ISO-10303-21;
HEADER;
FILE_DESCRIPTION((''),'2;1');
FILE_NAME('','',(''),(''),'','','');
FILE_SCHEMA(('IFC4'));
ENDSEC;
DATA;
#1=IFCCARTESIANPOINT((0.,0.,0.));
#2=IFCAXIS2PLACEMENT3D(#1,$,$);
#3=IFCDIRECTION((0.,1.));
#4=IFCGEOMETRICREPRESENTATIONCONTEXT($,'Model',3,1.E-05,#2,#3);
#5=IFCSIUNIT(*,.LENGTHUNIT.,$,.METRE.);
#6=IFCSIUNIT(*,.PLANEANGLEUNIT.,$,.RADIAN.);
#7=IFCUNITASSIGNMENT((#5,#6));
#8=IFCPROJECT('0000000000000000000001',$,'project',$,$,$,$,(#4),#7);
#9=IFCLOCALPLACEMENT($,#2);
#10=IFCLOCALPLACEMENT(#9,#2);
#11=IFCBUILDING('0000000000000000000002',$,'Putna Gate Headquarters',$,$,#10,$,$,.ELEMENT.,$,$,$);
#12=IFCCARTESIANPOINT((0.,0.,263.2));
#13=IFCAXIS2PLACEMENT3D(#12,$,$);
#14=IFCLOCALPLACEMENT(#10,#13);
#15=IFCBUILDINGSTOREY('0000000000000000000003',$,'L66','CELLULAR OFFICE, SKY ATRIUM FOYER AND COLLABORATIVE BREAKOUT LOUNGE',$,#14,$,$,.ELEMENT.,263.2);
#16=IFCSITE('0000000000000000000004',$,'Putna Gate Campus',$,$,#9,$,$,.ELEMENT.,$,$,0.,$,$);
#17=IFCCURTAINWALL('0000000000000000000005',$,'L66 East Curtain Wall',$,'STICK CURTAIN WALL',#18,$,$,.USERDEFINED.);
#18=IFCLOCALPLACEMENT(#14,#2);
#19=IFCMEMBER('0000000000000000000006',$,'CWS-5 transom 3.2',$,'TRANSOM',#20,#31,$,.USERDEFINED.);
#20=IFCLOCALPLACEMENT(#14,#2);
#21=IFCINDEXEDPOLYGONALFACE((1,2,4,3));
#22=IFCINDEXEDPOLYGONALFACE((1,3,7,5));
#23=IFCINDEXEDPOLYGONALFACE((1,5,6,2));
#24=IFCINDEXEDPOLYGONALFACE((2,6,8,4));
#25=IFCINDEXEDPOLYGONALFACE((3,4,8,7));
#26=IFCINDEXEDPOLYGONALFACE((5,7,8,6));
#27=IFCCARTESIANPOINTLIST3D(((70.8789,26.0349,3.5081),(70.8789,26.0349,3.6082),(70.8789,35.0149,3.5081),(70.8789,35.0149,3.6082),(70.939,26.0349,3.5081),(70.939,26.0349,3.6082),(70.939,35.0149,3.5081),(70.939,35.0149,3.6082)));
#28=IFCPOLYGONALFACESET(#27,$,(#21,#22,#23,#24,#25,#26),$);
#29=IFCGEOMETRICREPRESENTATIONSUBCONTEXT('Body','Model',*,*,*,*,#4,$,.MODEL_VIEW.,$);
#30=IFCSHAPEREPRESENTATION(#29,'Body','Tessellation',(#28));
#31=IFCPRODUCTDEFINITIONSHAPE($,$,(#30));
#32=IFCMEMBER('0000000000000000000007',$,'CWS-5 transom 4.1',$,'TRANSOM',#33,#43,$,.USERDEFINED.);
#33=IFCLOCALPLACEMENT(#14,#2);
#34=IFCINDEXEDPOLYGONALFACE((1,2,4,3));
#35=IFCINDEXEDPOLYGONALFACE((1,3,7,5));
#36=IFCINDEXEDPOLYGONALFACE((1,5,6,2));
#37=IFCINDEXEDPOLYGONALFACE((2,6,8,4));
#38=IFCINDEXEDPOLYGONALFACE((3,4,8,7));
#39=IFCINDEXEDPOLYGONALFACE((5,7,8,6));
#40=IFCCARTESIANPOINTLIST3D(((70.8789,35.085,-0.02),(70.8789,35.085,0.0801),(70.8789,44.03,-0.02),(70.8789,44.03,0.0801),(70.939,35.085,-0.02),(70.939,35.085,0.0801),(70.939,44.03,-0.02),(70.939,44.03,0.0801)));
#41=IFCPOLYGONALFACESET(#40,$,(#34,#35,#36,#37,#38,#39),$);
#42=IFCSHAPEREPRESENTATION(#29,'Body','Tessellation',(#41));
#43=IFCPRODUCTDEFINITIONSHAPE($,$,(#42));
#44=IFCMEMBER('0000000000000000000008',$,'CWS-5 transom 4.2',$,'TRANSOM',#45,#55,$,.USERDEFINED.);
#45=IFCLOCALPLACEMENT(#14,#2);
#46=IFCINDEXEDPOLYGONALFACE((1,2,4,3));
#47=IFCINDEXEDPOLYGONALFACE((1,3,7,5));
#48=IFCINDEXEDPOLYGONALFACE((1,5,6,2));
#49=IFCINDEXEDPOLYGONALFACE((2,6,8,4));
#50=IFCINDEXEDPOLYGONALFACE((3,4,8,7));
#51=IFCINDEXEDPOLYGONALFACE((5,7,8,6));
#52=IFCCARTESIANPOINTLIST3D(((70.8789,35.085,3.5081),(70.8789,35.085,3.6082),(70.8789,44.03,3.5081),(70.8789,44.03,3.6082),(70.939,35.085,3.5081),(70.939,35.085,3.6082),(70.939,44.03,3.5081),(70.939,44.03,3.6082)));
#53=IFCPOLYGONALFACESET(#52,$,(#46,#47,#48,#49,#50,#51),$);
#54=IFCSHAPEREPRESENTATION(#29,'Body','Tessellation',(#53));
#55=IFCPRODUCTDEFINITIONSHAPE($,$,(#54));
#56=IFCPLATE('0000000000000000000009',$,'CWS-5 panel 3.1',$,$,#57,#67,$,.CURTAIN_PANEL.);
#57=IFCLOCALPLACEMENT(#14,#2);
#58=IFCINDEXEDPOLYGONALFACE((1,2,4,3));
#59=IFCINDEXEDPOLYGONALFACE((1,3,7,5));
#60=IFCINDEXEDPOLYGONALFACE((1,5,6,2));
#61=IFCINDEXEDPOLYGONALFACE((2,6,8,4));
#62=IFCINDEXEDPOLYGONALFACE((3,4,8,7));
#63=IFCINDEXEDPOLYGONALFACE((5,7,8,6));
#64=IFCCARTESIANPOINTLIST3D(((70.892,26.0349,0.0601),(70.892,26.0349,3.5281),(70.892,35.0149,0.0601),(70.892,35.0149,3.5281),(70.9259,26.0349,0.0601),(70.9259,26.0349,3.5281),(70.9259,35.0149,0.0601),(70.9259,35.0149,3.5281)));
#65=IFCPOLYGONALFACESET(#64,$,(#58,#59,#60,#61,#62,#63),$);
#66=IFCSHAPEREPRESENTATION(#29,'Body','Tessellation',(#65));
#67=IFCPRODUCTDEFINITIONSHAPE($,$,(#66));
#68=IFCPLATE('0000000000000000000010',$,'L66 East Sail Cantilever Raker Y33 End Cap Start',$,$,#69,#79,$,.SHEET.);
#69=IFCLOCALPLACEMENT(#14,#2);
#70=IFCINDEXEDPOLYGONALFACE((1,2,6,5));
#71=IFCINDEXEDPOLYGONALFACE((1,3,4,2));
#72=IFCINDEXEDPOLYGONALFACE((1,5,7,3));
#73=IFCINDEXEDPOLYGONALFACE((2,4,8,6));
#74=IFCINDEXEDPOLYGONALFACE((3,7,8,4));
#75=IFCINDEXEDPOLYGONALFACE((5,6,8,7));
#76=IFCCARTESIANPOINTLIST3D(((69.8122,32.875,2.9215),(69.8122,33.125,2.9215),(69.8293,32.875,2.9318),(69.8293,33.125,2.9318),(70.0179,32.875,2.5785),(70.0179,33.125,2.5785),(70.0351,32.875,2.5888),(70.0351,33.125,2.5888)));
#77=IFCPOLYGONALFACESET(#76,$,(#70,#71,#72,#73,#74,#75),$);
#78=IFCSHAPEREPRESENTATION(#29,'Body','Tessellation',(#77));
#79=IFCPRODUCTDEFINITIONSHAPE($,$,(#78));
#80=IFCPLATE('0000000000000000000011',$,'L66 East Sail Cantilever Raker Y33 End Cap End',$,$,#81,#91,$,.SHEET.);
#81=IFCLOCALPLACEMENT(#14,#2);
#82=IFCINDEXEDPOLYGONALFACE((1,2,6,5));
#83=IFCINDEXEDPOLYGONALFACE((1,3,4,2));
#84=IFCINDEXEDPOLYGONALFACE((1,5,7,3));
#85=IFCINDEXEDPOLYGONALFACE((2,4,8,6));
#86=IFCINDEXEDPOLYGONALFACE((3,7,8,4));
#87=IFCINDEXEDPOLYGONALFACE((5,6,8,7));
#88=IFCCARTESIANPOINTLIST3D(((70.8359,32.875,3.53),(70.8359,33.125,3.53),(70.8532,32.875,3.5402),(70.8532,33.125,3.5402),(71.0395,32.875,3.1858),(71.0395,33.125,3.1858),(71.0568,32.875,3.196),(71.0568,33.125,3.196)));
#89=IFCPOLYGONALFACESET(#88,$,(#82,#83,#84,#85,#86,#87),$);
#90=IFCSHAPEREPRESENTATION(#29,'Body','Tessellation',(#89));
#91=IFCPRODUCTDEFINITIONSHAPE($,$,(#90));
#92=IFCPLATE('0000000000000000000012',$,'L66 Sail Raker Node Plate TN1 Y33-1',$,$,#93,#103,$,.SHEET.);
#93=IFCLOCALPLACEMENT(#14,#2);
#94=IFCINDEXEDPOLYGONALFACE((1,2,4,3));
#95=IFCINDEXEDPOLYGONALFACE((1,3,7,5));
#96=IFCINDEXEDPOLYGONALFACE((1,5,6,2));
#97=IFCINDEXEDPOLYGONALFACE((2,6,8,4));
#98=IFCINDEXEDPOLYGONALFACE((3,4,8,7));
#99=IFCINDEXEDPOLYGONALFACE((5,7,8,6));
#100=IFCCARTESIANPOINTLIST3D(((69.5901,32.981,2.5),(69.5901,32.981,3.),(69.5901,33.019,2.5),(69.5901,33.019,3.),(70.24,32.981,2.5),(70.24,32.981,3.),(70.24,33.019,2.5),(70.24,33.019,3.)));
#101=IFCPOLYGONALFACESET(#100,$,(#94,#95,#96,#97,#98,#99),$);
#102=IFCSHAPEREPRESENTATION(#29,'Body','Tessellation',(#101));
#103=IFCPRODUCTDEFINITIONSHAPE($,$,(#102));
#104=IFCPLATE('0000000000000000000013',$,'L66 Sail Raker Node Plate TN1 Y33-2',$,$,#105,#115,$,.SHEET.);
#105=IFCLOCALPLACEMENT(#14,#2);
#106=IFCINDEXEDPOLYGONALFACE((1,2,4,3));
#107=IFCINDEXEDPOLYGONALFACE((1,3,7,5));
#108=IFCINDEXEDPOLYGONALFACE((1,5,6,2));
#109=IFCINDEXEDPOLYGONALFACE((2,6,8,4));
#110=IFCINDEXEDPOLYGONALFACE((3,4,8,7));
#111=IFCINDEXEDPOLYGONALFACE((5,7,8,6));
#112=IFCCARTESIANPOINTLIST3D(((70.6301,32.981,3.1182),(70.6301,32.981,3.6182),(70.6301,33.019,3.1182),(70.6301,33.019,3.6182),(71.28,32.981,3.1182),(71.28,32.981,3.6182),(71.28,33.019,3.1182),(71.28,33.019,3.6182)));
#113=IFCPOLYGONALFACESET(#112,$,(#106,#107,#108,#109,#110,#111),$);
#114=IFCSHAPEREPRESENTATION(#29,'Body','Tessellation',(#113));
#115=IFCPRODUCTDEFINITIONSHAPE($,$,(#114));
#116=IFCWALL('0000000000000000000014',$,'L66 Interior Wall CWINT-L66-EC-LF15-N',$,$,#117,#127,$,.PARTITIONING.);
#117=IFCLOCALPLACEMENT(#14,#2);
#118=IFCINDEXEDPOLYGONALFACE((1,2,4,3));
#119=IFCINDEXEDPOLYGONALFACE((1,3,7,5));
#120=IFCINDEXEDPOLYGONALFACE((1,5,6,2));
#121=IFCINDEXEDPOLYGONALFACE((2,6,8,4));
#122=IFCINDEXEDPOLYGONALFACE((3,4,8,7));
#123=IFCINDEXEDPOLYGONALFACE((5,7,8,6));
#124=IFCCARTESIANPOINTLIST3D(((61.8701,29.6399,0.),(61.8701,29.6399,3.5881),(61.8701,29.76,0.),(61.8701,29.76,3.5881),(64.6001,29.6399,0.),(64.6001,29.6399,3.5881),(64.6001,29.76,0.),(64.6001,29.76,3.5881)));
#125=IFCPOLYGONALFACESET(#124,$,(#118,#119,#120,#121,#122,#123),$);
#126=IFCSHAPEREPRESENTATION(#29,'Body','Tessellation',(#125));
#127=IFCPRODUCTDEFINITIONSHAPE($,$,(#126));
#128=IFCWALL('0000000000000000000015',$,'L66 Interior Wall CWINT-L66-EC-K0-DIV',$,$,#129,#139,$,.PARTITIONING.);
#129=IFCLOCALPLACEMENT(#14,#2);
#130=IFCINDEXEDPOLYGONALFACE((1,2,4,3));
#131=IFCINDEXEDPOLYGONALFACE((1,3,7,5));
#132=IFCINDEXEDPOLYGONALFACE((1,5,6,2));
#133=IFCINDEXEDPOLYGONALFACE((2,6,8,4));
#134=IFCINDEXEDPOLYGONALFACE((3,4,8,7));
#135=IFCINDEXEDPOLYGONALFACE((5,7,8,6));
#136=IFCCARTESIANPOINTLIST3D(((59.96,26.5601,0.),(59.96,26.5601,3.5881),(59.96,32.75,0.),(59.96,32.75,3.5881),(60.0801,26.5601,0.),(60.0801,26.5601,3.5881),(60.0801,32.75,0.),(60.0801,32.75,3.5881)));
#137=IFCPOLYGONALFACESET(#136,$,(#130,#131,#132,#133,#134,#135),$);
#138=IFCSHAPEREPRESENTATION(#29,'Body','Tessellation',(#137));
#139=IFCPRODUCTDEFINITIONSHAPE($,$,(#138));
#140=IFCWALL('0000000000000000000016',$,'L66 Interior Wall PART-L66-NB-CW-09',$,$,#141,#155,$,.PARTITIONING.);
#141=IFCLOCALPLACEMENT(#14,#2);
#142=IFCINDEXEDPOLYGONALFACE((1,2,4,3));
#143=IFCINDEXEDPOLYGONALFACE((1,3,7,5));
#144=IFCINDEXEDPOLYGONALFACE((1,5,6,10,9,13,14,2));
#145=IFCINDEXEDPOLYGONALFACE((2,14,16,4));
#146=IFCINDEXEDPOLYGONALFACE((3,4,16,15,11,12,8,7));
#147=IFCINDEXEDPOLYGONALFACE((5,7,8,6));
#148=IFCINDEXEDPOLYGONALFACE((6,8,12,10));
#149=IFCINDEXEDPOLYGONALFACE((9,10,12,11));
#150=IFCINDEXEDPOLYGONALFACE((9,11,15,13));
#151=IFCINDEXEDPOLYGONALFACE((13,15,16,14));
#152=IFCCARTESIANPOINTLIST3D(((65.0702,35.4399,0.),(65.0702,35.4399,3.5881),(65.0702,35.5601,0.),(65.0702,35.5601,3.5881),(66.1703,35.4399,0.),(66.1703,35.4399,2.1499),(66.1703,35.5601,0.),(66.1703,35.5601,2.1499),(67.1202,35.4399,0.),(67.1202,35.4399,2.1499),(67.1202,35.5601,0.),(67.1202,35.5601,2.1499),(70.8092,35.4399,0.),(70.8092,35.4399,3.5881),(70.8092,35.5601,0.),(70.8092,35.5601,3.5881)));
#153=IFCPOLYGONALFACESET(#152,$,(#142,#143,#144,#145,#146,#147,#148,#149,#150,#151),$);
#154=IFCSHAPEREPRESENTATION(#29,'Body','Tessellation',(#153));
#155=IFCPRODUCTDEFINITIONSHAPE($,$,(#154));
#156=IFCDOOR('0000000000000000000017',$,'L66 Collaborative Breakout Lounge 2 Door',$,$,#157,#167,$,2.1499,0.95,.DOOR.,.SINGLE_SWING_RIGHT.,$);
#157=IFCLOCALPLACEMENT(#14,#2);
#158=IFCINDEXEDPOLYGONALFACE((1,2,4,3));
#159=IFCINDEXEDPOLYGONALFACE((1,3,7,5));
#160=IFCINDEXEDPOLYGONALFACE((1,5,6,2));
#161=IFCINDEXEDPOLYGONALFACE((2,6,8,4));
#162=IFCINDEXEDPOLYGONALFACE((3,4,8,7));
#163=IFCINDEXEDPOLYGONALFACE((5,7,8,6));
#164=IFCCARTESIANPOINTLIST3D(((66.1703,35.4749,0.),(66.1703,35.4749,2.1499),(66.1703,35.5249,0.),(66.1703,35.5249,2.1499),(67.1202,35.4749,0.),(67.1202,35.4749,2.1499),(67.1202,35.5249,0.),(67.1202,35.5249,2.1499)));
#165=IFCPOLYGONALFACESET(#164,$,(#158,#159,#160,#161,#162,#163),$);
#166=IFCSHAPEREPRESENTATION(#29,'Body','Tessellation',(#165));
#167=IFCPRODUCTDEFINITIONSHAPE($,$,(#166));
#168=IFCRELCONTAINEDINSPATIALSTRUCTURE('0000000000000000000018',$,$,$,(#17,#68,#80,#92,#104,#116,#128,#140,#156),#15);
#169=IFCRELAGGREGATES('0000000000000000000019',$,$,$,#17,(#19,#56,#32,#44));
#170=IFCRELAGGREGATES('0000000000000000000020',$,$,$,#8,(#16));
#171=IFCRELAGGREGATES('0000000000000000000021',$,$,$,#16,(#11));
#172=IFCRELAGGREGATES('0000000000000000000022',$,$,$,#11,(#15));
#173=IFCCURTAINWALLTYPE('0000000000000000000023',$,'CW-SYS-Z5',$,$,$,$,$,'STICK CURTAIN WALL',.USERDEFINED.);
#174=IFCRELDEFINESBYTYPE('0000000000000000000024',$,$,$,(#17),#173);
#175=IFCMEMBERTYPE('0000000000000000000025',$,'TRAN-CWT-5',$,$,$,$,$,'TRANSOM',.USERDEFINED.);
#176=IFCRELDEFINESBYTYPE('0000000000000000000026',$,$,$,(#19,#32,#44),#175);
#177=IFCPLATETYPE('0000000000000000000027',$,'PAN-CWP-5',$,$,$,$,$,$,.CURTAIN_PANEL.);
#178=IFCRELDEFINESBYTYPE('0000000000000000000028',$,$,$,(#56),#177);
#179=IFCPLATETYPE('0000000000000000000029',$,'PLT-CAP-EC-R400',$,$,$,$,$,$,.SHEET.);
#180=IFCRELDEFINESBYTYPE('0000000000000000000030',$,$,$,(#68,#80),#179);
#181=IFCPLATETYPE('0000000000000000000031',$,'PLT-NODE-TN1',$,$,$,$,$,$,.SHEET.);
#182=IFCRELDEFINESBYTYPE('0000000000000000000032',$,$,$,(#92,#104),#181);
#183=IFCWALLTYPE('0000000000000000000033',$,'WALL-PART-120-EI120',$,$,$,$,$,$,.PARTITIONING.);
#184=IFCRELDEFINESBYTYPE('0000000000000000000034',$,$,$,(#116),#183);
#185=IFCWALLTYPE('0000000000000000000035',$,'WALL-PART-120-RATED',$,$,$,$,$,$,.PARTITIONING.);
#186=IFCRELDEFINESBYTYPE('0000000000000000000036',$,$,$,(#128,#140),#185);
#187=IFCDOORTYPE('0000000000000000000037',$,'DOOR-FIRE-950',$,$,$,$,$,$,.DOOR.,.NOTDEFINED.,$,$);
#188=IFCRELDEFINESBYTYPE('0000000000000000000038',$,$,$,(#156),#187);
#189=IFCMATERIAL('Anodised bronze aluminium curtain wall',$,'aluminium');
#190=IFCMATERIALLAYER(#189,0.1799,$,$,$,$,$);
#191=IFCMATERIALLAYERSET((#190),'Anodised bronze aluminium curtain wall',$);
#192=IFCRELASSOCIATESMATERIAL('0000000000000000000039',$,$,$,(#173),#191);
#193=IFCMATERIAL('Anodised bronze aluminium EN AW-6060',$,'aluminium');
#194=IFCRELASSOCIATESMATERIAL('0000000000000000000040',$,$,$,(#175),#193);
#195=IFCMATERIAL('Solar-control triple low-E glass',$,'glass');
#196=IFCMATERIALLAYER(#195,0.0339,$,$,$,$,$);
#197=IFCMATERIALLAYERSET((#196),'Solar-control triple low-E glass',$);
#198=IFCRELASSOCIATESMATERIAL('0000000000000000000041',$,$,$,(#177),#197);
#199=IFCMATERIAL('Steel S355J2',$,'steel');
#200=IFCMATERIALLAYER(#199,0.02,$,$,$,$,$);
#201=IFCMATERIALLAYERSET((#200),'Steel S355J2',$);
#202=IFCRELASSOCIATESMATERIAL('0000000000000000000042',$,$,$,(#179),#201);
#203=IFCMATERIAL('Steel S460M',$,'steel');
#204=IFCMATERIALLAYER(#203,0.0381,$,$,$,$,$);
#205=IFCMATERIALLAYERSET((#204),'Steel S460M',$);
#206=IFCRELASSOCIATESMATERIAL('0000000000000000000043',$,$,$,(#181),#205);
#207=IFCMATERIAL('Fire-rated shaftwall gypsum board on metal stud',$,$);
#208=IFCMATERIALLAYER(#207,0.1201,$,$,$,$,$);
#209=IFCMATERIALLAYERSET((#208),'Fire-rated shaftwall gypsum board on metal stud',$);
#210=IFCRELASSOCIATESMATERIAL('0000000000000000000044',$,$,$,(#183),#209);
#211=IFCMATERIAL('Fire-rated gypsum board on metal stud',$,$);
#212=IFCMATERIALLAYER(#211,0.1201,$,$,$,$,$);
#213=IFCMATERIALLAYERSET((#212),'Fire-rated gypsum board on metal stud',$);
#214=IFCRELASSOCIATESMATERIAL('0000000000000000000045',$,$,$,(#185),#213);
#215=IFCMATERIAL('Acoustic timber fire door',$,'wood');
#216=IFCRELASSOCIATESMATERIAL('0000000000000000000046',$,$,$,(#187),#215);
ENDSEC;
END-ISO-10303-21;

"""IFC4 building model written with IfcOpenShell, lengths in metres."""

from ifc_helpers import new_model, si_unit, direction, frame, frame_2d, origin, origin_2d, place, context, subcontext, project, spatial, rectangle, extrude, material, layer, layer_set, material_profile, profile_set, type_object, element, fill, aggregate, save


model = new_model("IFC4")

# Units and contexts
model_context = context("Model", 3, precision=1e-05, world=origin(), true_north=direction((0.0, 1.0)))
body_context = subcontext(model_context, "Body", "Model", "MODEL_VIEW")
ifc_project = project(units=[si_unit("LENGTHUNIT", "METRE"), si_unit("PLANEANGLEUNIT", "RADIAN")], contexts=[model_context])

# Site, building, storey
site_placement = place(None, origin())
site = spatial("IfcSite", under=ifc_project, at=site_placement, Name="Putna Gate Campus", CompositionType="ELEMENT", RefElevation=0.0)
building_placement = place(site_placement, origin())
building = spatial("IfcBuilding", under=site, at=building_placement, Name="Putna Gate Headquarters", CompositionType="ELEMENT")
storey_placement = place(building_placement, frame((0.0, 0.0, 263.2)))
storey = spatial("IfcBuildingStorey", under=building, at=storey_placement, Name="L66", Description="CELLULAR OFFICE, SKY ATRIUM FOYER AND COLLABORATIVE BREAKOUT LOUNGE", CompositionType="ELEMENT", Elevation=263.2)

# Shared definitions
ifc_material_1 = material(Name="Steel S460M", Category="steel")

# Shared definitions
ifc_material_2 = material(Name="Steel S355J2", Category="steel")

# Curtain wall, members, plate
ifc_material_3 = material(Name="Anodised bronze aluminium curtain wall", Category="aluminium")
ifc_layer_1 = layer(ifc_material_3, 0.1799)
ifc_layer_set_1 = layer_set([ifc_layer_1], Name="Anodised bronze aluminium curtain wall")
curtain_wall_type = type_object("IfcCurtainWallType", Name="CW-SYS-Z5", ElementType="STICK CURTAIN WALL", PredefinedType="USERDEFINED", material=ifc_layer_set_1)
curtain_wall_placement = place(storey_placement, origin())
curtain_wall = element("IfcCurtainWall", 1, at=curtain_wall_placement, inside=storey, type_object=curtain_wall_type, Name="L66 East Curtain Wall", ObjectType="STICK CURTAIN WALL", PredefinedType="USERDEFINED")
ifc_material_4 = material(Name="Anodised bronze aluminium EN AW-6060", Category="aluminium")
ifc_material_profile_1 = material_profile(ifc_material_4, rectangle(XDim=0.0601, YDim=0.1001, at=origin_2d()), Name="Anodised bronze aluminium EN AW-6060")
ifc_profile_set_1 = profile_set([ifc_material_profile_1], Name="Anodised bronze aluminium EN AW-6060")
member_type_1 = type_object("IfcMemberType", Name="TRAN-CWT-5", ElementType="TRANSOM", PredefinedType="USERDEFINED", material=ifc_profile_set_1)
member_1_placement = place(storey_placement, frame((70.9089, 26.0349, 3.5581), z_axis=(0.0, 1.0, 0.0), x_axis=(-1.0, 0.0, 0.0)))
member_1 = element("IfcMember", 2, at=member_1_placement, type_object=member_type_1, Name="CWS-5 transom 3.2", ObjectType="TRANSOM", PredefinedType="USERDEFINED", context=body_context, shape_type="SweptSolid", body=[
    extrude(rectangle(XDim=0.0601, YDim=0.1001, at=origin_2d()), origin(), (0.0, 0.0, 1.0), 8.98),
])
member_2_placement = place(storey_placement, frame((70.9089, 35.085, 0.03), z_axis=(0.0, 1.0, 0.0), x_axis=(-1.0, 0.0, 0.0)))
member_2 = element("IfcMember", 3, at=member_2_placement, type_object=member_type_1, Name="CWS-5 transom 4.1", ObjectType="TRANSOM", PredefinedType="USERDEFINED", context=body_context, shape_type="SweptSolid", body=[
    extrude(rectangle(XDim=0.0601, YDim=0.1001, at=origin_2d()), origin(), (0.0, 0.0, 1.0), 8.9451),
])
member_3_placement = place(storey_placement, frame((70.9089, 35.085, 3.5581), z_axis=(0.0, 1.0, 0.0), x_axis=(-1.0, 0.0, 0.0)))
member_3 = element("IfcMember", 4, at=member_3_placement, type_object=member_type_1, Name="CWS-5 transom 4.2", ObjectType="TRANSOM", PredefinedType="USERDEFINED", context=body_context, shape_type="SweptSolid", body=[
    extrude(rectangle(XDim=0.0601, YDim=0.1001, at=origin_2d()), origin(), (0.0, 0.0, 1.0), 8.9451),
])
ifc_material_5 = material(Name="Solar-control triple low-E glass", Category="glass")
ifc_layer_2 = layer(ifc_material_5, 0.0339)
ifc_layer_set_2 = layer_set([ifc_layer_2], Name="Solar-control triple low-E glass")
plate_type_1 = type_object("IfcPlateType", Name="PAN-CWP-5", PredefinedType="CURTAIN_PANEL", material=ifc_layer_set_2)
plate_placement = place(storey_placement, frame((70.9089, 30.5249, 0.0601), z_axis=(0.0, 0.0, 1.0), x_axis=(0.0, 1.0, 0.0)))
plate = element("IfcPlate", 5, at=plate_placement, type_object=plate_type_1, Name="CWS-5 panel 3.1", PredefinedType="CURTAIN_PANEL", context=body_context, shape_type="SweptSolid", body=[
    extrude(rectangle(XDim=8.98, YDim=0.0339, at=origin_2d()), origin(), (0.0, 0.0, 1.0), 3.468),
])
aggregate(curtain_wall, [member_1, plate, member_2, member_3])

# Plates
ifc_layer_3 = layer(ifc_material_2, 0.02)
ifc_layer_set_3 = layer_set([ifc_layer_3], Name="Steel S355J2")
plate_type_2 = type_object("IfcPlateType", Name="PLT-CAP-EC-R400", PredefinedType="SHEET", material=ifc_layer_set_3)
for number, where, z_axis, x_axis, name in (
    (6, (69.915, 33.0, 2.75), (0.857493, 0.0, 0.514496), (0.0, 1.0, 0.0), "L66 East Sail Cantilever Raker Y33 End Cap Start"),
    (7, (70.9377, 33.0, 3.3579), (0.860685, 0.0, 0.509138), (0.0, 1.0, 0.0), "L66 East Sail Cantilever Raker Y33 End Cap End"),
):
    element("IfcPlate", number, at=place(storey_placement, frame(where, z_axis=z_axis, x_axis=x_axis)), inside=storey, type_object=plate_type_2, Name=name, PredefinedType="SHEET", context=body_context, shape_type="SweptSolid", body=[
        extrude(rectangle(XDim=0.25, YDim=0.3999, at=origin_2d()), origin(), (0.0, 0.0, 1.0), 0.02),
    ])
ifc_layer_4 = layer(ifc_material_1, 0.0381)
ifc_layer_set_4 = layer_set([ifc_layer_4], Name="Steel S460M")
plate_type_3 = type_object("IfcPlateType", Name="PLT-NODE-TN1", PredefinedType="SHEET", material=ifc_layer_set_4)
for number, where, z_axis, x_axis, name in (
    (8, (69.915, 33.0, 2.5), (0.0, 0.0, 1.0), (1.0, 0.0, 0.0), "L66 Sail Raker Node Plate TN1 Y33-1"),
    (9, (70.9551, 33.0, 3.1182), (0.0, 0.0, 1.0), (1.0, 0.0, 0.0), "L66 Sail Raker Node Plate TN1 Y33-2"),
):
    element("IfcPlate", number, at=place(storey_placement, frame(where, z_axis=z_axis, x_axis=x_axis)), inside=storey, type_object=plate_type_3, Name=name, PredefinedType="SHEET", context=body_context, shape_type="SweptSolid", body=[
        extrude(rectangle(XDim=0.6499, YDim=0.0381, at=origin_2d()), origin(), (0.0, 0.0, 1.0), 0.5),
    ])

# Walls
ifc_material_6 = material(Name="Fire-rated shaftwall gypsum board on metal stud")
ifc_layer_5 = layer(ifc_material_6, 0.1201)
ifc_layer_set_5 = layer_set([ifc_layer_5], Name="Fire-rated shaftwall gypsum board on metal stud")
wall_type_1 = type_object("IfcWallType", Name="WALL-PART-120-EI120", PredefinedType="PARTITIONING", material=ifc_layer_set_5)
wall_1_placement = place(storey_placement, frame((61.8701, 29.7, 0.0), z_axis=(0.0, 0.0, 1.0), x_axis=(1.0, 0.0, 0.0)))
element("IfcWall", 10, at=wall_1_placement, inside=storey, type_object=wall_type_1, Name="L66 Interior Wall CWINT-L66-EC-LF15-N", PredefinedType="PARTITIONING", context=body_context, shape_type="SweptSolid", body=[
    extrude(rectangle(XDim=2.73, YDim=0.1201, at=frame_2d((1.365, 0.0))), origin(), (0.0, 0.0, 1.0), 3.5881),
])
ifc_material_7 = material(Name="Fire-rated gypsum board on metal stud")
ifc_layer_6 = layer(ifc_material_7, 0.1201)
ifc_layer_set_6 = layer_set([ifc_layer_6], Name="Fire-rated gypsum board on metal stud")
wall_type_2 = type_object("IfcWallType", Name="WALL-PART-120-RATED", PredefinedType="PARTITIONING", material=ifc_layer_set_6)
wall_2_placement = place(storey_placement, frame((60.02, 26.5601, 0.0), z_axis=(0.0, 0.0, 1.0), x_axis=(0.0, 1.0, 0.0)))
element("IfcWall", 11, at=wall_2_placement, inside=storey, type_object=wall_type_2, Name="L66 Interior Wall CWINT-L66-EC-K0-DIV", PredefinedType="PARTITIONING", context=body_context, shape_type="SweptSolid", body=[
    extrude(rectangle(XDim=6.1899, YDim=0.1201, at=frame_2d((3.095, 0.0))), origin(), (0.0, 0.0, 1.0), 3.5881),
])

# Wall, opening, door
wall_3_placement = place(storey_placement, frame((65.0701, 35.5, 0.0), z_axis=(0.0, 0.0, 1.0), x_axis=(1.0, 0.0, 0.0)))
wall_3 = element("IfcWall", 12, at=wall_3_placement, inside=storey, type_object=wall_type_2, Name="L66 Interior Wall PART-L66-NB-CW-09", PredefinedType="PARTITIONING", context=body_context, shape_type="SweptSolid", body=[
    extrude(rectangle(XDim=5.739, YDim=0.1201, at=frame_2d((2.8696, 0.0))), origin(), (0.0, 0.0, 1.0), 3.5881),
])
opening_1_placement = place(wall_3_placement, frame((1.1001, 0.0, 0.0)))
opening_1 = element("IfcOpeningElement", 13, at=opening_1_placement, cuts=wall_3, PredefinedType="OPENING", context=body_context, shape_type="SweptSolid", body=[
    extrude(rectangle(XDim=0.95, YDim=2.1499, at=frame_2d((0.4751, 1.075))), frame((0.0, 0.0701, 0.0), z_axis=(0.0, -1.0, 0.0), x_axis=(1.0, 0.0, 0.0)), (0.0, 0.0, 1.0), 0.1401),
])
ifc_material_8 = material(Name="Acoustic timber fire door", Category="wood")
door_type_1 = type_object("IfcDoorType", Name="DOOR-FIRE-950", OperationType="NOTDEFINED", PredefinedType="DOOR", material=ifc_material_8)
door_1_placement = place(opening_1_placement, origin())
door_1 = element("IfcDoor", 14, at=door_1_placement, inside=storey, type_object=door_type_1, Name="L66 Collaborative Breakout Lounge 2 Door", OperationType="SINGLE_SWING_RIGHT", OverallHeight=2.1499, OverallWidth=0.95, PredefinedType="DOOR", context=body_context, shape_type="SweptSolid", body=[
    extrude(rectangle(XDim=0.95, YDim=2.1499, at=frame_2d((0.4751, 1.075))), frame((0.0, 0.0249, 0.0), z_axis=(0.0, -1.0, 0.0), x_axis=(1.0, 0.0, 0.0)), (0.0, 0.0, 1.0), 0.05),
])
fill(opening_1, door_1)

save(model, "model.ifc")
